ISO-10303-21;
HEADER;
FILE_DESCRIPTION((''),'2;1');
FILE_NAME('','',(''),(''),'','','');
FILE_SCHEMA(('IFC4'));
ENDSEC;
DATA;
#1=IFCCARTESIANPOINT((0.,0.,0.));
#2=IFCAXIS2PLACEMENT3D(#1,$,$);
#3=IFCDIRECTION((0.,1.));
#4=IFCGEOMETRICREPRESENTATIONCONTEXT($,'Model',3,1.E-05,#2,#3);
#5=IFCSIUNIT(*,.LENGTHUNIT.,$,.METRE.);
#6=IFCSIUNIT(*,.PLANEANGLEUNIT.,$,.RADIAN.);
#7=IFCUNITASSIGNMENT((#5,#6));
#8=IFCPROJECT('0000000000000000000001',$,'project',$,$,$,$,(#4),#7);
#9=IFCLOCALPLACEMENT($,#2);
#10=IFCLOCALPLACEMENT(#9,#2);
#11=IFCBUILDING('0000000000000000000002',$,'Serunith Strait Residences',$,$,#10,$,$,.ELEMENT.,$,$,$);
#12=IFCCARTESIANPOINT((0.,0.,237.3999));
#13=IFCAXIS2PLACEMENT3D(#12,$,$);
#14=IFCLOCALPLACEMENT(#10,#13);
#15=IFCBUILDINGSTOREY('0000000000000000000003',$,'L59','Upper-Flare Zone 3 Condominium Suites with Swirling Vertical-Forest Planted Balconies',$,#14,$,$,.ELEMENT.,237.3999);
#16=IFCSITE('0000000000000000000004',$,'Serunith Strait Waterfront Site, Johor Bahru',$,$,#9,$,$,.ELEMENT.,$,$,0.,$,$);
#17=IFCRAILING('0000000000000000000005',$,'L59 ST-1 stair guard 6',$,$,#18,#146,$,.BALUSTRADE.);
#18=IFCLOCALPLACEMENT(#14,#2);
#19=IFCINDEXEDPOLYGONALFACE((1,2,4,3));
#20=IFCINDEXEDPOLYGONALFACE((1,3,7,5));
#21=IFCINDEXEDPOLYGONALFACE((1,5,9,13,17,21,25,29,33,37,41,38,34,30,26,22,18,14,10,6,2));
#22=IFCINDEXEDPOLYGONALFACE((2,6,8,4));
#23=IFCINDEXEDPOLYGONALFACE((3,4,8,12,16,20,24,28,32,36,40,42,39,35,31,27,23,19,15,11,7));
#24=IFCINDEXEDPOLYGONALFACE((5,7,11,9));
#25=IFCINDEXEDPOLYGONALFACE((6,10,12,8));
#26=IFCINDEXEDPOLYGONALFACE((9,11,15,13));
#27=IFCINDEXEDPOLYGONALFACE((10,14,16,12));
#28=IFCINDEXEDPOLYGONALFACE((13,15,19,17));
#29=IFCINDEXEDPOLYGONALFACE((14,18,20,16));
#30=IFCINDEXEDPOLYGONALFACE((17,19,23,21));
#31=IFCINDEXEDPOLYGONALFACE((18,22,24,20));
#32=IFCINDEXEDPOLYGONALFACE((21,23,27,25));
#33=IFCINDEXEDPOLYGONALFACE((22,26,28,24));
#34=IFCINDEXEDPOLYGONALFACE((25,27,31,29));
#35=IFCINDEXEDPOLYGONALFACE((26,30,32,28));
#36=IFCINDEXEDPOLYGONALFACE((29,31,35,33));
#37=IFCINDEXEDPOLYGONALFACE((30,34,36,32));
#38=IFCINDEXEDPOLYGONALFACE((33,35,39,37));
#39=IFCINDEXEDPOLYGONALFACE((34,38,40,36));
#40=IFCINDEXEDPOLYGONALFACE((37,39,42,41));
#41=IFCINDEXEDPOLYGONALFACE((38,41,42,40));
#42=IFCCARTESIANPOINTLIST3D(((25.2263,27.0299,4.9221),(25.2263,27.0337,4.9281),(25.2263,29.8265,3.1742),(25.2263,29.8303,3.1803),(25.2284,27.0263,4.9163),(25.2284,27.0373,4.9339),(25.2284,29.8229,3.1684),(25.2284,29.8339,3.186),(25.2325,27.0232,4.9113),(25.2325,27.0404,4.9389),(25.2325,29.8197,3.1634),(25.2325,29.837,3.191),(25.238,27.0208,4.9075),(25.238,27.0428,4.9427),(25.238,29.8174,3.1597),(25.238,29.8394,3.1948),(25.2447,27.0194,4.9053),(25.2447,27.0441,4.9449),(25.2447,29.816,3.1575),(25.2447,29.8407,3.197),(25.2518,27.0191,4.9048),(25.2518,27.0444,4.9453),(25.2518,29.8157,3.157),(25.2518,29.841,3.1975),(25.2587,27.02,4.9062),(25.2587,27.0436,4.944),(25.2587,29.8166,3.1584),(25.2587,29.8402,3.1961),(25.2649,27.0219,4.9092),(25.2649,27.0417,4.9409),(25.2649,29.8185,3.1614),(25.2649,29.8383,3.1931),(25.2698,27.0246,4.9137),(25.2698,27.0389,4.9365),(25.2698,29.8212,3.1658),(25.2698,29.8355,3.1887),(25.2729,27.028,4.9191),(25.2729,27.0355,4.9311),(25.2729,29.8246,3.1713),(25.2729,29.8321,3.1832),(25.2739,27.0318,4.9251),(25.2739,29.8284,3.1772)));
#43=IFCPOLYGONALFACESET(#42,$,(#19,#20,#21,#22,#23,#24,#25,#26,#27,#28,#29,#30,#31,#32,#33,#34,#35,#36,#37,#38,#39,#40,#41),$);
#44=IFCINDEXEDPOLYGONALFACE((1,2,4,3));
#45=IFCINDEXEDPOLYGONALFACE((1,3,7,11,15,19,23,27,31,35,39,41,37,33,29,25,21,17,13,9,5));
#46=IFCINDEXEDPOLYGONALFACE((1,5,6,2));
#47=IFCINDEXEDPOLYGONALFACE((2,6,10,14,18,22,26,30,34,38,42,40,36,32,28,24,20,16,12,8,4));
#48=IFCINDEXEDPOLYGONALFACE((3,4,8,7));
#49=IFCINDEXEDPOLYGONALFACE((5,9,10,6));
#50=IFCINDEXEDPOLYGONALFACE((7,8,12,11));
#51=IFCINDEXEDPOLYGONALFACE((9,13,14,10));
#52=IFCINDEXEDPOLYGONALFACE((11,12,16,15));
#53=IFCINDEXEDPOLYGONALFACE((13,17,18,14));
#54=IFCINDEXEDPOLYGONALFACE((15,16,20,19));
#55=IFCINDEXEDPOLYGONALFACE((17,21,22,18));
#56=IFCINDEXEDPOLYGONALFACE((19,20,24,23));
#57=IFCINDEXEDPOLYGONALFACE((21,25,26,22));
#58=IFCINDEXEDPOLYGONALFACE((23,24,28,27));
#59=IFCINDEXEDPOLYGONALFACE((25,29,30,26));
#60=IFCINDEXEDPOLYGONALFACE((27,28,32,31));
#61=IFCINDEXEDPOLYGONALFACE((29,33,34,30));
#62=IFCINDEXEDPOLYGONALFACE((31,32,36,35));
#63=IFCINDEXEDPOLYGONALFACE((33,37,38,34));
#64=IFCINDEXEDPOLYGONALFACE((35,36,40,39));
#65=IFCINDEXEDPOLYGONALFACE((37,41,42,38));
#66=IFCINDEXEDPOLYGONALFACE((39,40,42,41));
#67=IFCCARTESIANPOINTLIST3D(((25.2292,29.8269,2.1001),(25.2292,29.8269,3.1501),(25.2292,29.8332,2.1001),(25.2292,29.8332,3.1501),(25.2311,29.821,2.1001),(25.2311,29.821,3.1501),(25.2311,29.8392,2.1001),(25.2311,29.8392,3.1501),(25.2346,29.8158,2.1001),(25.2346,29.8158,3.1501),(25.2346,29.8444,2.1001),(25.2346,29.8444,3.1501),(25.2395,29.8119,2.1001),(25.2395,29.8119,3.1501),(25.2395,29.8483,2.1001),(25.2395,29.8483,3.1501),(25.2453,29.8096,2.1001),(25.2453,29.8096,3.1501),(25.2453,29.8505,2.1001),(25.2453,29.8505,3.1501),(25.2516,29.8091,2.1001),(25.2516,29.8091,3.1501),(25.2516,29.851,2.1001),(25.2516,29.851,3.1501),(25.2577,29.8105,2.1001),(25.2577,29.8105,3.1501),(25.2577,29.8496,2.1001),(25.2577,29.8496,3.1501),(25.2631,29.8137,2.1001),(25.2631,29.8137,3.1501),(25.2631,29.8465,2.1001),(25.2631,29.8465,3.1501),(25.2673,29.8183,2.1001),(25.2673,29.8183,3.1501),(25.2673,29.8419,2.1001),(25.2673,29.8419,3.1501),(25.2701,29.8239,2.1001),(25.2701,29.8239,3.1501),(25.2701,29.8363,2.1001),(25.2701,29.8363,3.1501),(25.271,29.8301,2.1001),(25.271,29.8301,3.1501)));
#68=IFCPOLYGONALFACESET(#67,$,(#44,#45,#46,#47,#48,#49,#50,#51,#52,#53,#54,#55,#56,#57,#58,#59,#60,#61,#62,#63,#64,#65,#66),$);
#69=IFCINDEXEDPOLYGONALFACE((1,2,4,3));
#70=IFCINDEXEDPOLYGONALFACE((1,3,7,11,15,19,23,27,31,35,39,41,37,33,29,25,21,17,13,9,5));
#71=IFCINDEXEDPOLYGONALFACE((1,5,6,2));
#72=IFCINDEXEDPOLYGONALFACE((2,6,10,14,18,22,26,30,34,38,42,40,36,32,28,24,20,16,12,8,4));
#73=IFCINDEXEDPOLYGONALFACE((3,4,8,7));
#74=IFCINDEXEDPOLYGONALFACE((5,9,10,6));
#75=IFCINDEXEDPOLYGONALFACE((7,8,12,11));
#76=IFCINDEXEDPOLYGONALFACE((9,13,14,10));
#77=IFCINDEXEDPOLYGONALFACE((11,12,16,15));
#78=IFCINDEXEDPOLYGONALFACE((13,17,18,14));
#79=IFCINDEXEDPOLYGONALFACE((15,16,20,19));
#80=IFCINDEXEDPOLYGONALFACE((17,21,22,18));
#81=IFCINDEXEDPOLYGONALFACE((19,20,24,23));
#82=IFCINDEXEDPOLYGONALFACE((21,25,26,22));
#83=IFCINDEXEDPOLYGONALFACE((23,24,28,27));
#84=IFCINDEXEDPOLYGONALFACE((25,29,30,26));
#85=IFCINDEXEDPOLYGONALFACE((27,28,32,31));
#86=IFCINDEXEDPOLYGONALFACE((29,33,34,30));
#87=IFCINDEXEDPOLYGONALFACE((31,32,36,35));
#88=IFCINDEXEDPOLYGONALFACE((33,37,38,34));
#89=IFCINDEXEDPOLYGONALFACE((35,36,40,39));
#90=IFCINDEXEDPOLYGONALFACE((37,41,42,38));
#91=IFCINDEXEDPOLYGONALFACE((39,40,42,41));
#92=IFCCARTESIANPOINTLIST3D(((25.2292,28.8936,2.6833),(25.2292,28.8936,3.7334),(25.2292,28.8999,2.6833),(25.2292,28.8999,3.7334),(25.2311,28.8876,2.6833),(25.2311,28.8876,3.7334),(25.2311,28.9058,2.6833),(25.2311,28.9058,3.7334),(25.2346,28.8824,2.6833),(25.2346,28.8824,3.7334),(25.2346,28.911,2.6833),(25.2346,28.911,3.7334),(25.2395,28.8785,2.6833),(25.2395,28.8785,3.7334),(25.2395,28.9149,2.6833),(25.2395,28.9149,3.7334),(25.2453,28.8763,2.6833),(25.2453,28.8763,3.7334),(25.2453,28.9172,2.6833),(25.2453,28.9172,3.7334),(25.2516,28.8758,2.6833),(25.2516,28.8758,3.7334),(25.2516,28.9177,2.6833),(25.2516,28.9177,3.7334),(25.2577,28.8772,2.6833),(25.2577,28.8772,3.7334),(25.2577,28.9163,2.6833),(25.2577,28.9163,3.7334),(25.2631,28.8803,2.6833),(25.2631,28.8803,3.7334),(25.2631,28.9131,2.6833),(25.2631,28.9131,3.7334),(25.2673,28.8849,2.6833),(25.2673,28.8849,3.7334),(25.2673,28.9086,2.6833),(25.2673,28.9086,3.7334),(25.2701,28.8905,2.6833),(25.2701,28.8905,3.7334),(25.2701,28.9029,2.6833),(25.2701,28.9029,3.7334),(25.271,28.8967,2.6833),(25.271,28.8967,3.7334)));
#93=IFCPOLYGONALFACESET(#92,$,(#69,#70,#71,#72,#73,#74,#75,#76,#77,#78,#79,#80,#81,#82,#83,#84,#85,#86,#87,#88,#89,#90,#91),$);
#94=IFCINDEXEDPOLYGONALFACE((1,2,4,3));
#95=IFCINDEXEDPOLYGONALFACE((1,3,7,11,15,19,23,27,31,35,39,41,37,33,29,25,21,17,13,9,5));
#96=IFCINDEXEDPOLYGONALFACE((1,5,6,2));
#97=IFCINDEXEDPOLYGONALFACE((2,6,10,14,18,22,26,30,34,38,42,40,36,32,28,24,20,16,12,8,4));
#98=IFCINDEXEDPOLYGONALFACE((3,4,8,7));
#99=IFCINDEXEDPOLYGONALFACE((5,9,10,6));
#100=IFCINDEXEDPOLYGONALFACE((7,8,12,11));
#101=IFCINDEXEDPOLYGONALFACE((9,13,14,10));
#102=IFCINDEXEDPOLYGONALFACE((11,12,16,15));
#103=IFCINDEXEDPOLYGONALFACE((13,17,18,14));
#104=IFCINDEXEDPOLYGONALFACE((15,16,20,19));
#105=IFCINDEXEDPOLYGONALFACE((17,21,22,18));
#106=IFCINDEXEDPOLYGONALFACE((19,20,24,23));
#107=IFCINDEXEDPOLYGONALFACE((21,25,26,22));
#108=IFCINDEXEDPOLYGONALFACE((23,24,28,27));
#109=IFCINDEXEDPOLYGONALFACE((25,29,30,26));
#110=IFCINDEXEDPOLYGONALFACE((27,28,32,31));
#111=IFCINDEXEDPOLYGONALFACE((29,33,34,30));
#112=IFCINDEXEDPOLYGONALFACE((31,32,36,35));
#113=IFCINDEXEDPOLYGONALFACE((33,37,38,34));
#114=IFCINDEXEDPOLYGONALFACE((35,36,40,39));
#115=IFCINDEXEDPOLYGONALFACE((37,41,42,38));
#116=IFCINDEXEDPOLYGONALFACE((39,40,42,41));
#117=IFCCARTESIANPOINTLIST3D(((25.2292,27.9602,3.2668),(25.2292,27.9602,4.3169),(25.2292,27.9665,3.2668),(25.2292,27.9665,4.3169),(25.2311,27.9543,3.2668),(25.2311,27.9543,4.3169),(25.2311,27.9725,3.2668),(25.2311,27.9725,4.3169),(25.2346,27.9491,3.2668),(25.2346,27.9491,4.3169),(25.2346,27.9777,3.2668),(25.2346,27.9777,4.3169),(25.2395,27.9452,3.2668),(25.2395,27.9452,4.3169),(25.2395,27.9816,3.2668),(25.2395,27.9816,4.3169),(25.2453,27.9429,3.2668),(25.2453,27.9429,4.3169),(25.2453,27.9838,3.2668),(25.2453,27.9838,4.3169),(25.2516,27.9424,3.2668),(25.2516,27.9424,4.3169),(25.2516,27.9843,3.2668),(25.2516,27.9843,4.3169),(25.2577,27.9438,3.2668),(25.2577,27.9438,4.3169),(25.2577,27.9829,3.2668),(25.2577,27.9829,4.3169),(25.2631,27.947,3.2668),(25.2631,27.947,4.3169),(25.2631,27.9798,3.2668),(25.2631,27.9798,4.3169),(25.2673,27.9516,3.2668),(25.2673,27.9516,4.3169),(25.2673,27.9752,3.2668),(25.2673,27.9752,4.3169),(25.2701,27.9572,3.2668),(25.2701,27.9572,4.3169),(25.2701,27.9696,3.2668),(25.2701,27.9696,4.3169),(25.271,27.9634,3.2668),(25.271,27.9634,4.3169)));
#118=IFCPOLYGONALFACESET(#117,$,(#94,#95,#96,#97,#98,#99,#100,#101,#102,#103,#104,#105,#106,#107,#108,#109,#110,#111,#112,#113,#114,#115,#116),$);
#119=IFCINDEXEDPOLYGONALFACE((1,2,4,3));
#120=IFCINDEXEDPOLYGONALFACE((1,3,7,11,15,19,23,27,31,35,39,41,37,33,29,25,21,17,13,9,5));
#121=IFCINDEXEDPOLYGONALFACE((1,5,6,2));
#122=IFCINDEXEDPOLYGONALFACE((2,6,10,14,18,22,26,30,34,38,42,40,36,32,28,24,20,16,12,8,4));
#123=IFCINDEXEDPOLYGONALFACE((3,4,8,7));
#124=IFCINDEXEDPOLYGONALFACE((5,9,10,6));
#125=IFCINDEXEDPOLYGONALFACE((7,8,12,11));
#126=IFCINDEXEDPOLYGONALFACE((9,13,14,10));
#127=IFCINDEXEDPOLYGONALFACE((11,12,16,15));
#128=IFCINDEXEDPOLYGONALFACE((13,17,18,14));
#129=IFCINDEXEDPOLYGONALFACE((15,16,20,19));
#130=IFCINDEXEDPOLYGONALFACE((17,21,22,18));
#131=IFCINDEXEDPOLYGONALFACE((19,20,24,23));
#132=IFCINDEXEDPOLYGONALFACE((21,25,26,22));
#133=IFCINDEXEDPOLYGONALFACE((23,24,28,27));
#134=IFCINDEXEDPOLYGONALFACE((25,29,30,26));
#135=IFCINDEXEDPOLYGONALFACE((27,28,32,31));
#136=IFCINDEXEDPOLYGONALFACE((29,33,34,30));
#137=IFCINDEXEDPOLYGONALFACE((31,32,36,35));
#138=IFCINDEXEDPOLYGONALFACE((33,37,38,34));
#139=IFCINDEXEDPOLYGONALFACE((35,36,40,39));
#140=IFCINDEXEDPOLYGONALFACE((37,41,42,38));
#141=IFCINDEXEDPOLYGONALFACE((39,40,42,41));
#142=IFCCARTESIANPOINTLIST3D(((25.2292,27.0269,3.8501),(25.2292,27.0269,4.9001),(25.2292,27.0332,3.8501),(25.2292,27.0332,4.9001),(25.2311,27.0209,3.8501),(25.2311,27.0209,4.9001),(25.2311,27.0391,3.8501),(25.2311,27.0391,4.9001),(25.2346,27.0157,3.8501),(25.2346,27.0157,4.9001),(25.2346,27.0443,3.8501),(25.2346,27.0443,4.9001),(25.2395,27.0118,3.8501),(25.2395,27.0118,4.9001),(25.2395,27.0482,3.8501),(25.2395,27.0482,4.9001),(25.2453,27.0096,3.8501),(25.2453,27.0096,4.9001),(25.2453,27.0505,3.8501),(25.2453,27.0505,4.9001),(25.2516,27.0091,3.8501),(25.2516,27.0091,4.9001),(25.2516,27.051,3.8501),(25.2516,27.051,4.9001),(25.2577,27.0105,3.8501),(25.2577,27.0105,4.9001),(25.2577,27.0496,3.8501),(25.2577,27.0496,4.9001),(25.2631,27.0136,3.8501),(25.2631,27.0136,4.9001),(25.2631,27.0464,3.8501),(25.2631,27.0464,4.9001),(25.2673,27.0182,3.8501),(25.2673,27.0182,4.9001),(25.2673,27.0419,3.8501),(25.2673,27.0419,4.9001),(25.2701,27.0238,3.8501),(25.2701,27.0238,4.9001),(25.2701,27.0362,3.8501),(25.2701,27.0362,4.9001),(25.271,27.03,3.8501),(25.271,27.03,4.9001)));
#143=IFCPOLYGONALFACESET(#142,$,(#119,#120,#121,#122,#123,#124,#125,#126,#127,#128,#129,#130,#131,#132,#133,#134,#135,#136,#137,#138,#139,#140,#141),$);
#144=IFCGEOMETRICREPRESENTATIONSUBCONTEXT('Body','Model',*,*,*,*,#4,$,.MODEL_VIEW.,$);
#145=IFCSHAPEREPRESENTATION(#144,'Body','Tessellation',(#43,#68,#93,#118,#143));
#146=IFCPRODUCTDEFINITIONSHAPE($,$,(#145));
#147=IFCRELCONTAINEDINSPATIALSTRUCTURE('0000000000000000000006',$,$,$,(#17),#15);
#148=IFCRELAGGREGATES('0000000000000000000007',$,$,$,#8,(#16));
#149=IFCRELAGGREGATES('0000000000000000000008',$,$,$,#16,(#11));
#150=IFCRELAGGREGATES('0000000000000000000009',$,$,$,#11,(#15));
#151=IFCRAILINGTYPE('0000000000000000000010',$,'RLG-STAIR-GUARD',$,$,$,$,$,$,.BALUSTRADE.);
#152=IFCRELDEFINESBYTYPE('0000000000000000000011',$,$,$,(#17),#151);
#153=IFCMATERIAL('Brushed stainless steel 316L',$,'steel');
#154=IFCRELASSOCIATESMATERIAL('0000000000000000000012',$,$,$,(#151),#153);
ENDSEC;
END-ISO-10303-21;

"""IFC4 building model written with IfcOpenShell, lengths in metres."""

from ifc_helpers import new_model, si_unit, direction, frame, origin, origin_2d, place, context, subcontext, project, spatial, circle, extrude, material, type_object, element, save


model = new_model("IFC4")

# Units and contexts
model_context = context("Model", 3, precision=1e-05, world=origin(), true_north=direction((0.0, 1.0)))
body_context = subcontext(model_context, "Body", "Model", "MODEL_VIEW")
ifc_project = project(units=[si_unit("LENGTHUNIT", "METRE"), si_unit("PLANEANGLEUNIT", "RADIAN")], contexts=[model_context])

# Site, building, storey
site_placement = place(None, origin())
site = spatial("IfcSite", under=ifc_project, at=site_placement, Name="Serunith Strait Waterfront Site, Johor Bahru", CompositionType="ELEMENT", RefElevation=0.0)
building_placement = place(site_placement, origin())
building = spatial("IfcBuilding", under=site, at=building_placement, Name="Serunith Strait Residences", CompositionType="ELEMENT")
storey_placement = place(building_placement, frame((0.0, 0.0, 237.3999)))
storey = spatial("IfcBuildingStorey", under=building, at=storey_placement, Name="L59", Description="Upper-Flare Zone 3 Condominium Suites with Swirling Vertical-Forest Planted Balconies", CompositionType="ELEMENT", Elevation=237.3999)

# Railing
ifc_material_1 = material(Name="Brushed stainless steel 316L", Category="steel")
railing_type_1 = type_object("IfcRailingType", Name="RLG-STAIR-GUARD", PredefinedType="BALUSTRADE", material=ifc_material_1)
railing_1_placement = place(storey_placement, frame((25.25, 29.8301, 2.1001)))
element("IfcRailing", 1, at=railing_1_placement, inside=storey, type_object=railing_type_1, Name="L59 ST-1 stair guard 6", PredefinedType="BALUSTRADE", context=body_context, shape_type="SweptSolid", body=[
    extrude(circle(Radius=0.0239, at=origin_2d()), frame((0.0, -0.0017, 1.0771), z_axis=(0.0, -0.848002, 0.529992), x_axis=(1.0, 0.0, 0.0)), (0.0, 0.0, 1.0), 3.2979),
    extrude(circle(Radius=0.021, at=origin_2d()), origin(), (0.0, 0.0, 1.0), 1.05),
    extrude(circle(Radius=0.021, at=origin_2d()), frame((0.0, -0.9333, 0.5833)), (0.0, 0.0, 1.0), 1.05),
    extrude(circle(Radius=0.021, at=origin_2d()), frame((0.0, -1.8667, 1.1667)), (0.0, 0.0, 1.0), 1.05),
    extrude(circle(Radius=0.021, at=origin_2d()), frame((0.0, -2.8, 1.75)), (0.0, 0.0, 1.0), 1.05),
])

save(model, "model.ifc")
